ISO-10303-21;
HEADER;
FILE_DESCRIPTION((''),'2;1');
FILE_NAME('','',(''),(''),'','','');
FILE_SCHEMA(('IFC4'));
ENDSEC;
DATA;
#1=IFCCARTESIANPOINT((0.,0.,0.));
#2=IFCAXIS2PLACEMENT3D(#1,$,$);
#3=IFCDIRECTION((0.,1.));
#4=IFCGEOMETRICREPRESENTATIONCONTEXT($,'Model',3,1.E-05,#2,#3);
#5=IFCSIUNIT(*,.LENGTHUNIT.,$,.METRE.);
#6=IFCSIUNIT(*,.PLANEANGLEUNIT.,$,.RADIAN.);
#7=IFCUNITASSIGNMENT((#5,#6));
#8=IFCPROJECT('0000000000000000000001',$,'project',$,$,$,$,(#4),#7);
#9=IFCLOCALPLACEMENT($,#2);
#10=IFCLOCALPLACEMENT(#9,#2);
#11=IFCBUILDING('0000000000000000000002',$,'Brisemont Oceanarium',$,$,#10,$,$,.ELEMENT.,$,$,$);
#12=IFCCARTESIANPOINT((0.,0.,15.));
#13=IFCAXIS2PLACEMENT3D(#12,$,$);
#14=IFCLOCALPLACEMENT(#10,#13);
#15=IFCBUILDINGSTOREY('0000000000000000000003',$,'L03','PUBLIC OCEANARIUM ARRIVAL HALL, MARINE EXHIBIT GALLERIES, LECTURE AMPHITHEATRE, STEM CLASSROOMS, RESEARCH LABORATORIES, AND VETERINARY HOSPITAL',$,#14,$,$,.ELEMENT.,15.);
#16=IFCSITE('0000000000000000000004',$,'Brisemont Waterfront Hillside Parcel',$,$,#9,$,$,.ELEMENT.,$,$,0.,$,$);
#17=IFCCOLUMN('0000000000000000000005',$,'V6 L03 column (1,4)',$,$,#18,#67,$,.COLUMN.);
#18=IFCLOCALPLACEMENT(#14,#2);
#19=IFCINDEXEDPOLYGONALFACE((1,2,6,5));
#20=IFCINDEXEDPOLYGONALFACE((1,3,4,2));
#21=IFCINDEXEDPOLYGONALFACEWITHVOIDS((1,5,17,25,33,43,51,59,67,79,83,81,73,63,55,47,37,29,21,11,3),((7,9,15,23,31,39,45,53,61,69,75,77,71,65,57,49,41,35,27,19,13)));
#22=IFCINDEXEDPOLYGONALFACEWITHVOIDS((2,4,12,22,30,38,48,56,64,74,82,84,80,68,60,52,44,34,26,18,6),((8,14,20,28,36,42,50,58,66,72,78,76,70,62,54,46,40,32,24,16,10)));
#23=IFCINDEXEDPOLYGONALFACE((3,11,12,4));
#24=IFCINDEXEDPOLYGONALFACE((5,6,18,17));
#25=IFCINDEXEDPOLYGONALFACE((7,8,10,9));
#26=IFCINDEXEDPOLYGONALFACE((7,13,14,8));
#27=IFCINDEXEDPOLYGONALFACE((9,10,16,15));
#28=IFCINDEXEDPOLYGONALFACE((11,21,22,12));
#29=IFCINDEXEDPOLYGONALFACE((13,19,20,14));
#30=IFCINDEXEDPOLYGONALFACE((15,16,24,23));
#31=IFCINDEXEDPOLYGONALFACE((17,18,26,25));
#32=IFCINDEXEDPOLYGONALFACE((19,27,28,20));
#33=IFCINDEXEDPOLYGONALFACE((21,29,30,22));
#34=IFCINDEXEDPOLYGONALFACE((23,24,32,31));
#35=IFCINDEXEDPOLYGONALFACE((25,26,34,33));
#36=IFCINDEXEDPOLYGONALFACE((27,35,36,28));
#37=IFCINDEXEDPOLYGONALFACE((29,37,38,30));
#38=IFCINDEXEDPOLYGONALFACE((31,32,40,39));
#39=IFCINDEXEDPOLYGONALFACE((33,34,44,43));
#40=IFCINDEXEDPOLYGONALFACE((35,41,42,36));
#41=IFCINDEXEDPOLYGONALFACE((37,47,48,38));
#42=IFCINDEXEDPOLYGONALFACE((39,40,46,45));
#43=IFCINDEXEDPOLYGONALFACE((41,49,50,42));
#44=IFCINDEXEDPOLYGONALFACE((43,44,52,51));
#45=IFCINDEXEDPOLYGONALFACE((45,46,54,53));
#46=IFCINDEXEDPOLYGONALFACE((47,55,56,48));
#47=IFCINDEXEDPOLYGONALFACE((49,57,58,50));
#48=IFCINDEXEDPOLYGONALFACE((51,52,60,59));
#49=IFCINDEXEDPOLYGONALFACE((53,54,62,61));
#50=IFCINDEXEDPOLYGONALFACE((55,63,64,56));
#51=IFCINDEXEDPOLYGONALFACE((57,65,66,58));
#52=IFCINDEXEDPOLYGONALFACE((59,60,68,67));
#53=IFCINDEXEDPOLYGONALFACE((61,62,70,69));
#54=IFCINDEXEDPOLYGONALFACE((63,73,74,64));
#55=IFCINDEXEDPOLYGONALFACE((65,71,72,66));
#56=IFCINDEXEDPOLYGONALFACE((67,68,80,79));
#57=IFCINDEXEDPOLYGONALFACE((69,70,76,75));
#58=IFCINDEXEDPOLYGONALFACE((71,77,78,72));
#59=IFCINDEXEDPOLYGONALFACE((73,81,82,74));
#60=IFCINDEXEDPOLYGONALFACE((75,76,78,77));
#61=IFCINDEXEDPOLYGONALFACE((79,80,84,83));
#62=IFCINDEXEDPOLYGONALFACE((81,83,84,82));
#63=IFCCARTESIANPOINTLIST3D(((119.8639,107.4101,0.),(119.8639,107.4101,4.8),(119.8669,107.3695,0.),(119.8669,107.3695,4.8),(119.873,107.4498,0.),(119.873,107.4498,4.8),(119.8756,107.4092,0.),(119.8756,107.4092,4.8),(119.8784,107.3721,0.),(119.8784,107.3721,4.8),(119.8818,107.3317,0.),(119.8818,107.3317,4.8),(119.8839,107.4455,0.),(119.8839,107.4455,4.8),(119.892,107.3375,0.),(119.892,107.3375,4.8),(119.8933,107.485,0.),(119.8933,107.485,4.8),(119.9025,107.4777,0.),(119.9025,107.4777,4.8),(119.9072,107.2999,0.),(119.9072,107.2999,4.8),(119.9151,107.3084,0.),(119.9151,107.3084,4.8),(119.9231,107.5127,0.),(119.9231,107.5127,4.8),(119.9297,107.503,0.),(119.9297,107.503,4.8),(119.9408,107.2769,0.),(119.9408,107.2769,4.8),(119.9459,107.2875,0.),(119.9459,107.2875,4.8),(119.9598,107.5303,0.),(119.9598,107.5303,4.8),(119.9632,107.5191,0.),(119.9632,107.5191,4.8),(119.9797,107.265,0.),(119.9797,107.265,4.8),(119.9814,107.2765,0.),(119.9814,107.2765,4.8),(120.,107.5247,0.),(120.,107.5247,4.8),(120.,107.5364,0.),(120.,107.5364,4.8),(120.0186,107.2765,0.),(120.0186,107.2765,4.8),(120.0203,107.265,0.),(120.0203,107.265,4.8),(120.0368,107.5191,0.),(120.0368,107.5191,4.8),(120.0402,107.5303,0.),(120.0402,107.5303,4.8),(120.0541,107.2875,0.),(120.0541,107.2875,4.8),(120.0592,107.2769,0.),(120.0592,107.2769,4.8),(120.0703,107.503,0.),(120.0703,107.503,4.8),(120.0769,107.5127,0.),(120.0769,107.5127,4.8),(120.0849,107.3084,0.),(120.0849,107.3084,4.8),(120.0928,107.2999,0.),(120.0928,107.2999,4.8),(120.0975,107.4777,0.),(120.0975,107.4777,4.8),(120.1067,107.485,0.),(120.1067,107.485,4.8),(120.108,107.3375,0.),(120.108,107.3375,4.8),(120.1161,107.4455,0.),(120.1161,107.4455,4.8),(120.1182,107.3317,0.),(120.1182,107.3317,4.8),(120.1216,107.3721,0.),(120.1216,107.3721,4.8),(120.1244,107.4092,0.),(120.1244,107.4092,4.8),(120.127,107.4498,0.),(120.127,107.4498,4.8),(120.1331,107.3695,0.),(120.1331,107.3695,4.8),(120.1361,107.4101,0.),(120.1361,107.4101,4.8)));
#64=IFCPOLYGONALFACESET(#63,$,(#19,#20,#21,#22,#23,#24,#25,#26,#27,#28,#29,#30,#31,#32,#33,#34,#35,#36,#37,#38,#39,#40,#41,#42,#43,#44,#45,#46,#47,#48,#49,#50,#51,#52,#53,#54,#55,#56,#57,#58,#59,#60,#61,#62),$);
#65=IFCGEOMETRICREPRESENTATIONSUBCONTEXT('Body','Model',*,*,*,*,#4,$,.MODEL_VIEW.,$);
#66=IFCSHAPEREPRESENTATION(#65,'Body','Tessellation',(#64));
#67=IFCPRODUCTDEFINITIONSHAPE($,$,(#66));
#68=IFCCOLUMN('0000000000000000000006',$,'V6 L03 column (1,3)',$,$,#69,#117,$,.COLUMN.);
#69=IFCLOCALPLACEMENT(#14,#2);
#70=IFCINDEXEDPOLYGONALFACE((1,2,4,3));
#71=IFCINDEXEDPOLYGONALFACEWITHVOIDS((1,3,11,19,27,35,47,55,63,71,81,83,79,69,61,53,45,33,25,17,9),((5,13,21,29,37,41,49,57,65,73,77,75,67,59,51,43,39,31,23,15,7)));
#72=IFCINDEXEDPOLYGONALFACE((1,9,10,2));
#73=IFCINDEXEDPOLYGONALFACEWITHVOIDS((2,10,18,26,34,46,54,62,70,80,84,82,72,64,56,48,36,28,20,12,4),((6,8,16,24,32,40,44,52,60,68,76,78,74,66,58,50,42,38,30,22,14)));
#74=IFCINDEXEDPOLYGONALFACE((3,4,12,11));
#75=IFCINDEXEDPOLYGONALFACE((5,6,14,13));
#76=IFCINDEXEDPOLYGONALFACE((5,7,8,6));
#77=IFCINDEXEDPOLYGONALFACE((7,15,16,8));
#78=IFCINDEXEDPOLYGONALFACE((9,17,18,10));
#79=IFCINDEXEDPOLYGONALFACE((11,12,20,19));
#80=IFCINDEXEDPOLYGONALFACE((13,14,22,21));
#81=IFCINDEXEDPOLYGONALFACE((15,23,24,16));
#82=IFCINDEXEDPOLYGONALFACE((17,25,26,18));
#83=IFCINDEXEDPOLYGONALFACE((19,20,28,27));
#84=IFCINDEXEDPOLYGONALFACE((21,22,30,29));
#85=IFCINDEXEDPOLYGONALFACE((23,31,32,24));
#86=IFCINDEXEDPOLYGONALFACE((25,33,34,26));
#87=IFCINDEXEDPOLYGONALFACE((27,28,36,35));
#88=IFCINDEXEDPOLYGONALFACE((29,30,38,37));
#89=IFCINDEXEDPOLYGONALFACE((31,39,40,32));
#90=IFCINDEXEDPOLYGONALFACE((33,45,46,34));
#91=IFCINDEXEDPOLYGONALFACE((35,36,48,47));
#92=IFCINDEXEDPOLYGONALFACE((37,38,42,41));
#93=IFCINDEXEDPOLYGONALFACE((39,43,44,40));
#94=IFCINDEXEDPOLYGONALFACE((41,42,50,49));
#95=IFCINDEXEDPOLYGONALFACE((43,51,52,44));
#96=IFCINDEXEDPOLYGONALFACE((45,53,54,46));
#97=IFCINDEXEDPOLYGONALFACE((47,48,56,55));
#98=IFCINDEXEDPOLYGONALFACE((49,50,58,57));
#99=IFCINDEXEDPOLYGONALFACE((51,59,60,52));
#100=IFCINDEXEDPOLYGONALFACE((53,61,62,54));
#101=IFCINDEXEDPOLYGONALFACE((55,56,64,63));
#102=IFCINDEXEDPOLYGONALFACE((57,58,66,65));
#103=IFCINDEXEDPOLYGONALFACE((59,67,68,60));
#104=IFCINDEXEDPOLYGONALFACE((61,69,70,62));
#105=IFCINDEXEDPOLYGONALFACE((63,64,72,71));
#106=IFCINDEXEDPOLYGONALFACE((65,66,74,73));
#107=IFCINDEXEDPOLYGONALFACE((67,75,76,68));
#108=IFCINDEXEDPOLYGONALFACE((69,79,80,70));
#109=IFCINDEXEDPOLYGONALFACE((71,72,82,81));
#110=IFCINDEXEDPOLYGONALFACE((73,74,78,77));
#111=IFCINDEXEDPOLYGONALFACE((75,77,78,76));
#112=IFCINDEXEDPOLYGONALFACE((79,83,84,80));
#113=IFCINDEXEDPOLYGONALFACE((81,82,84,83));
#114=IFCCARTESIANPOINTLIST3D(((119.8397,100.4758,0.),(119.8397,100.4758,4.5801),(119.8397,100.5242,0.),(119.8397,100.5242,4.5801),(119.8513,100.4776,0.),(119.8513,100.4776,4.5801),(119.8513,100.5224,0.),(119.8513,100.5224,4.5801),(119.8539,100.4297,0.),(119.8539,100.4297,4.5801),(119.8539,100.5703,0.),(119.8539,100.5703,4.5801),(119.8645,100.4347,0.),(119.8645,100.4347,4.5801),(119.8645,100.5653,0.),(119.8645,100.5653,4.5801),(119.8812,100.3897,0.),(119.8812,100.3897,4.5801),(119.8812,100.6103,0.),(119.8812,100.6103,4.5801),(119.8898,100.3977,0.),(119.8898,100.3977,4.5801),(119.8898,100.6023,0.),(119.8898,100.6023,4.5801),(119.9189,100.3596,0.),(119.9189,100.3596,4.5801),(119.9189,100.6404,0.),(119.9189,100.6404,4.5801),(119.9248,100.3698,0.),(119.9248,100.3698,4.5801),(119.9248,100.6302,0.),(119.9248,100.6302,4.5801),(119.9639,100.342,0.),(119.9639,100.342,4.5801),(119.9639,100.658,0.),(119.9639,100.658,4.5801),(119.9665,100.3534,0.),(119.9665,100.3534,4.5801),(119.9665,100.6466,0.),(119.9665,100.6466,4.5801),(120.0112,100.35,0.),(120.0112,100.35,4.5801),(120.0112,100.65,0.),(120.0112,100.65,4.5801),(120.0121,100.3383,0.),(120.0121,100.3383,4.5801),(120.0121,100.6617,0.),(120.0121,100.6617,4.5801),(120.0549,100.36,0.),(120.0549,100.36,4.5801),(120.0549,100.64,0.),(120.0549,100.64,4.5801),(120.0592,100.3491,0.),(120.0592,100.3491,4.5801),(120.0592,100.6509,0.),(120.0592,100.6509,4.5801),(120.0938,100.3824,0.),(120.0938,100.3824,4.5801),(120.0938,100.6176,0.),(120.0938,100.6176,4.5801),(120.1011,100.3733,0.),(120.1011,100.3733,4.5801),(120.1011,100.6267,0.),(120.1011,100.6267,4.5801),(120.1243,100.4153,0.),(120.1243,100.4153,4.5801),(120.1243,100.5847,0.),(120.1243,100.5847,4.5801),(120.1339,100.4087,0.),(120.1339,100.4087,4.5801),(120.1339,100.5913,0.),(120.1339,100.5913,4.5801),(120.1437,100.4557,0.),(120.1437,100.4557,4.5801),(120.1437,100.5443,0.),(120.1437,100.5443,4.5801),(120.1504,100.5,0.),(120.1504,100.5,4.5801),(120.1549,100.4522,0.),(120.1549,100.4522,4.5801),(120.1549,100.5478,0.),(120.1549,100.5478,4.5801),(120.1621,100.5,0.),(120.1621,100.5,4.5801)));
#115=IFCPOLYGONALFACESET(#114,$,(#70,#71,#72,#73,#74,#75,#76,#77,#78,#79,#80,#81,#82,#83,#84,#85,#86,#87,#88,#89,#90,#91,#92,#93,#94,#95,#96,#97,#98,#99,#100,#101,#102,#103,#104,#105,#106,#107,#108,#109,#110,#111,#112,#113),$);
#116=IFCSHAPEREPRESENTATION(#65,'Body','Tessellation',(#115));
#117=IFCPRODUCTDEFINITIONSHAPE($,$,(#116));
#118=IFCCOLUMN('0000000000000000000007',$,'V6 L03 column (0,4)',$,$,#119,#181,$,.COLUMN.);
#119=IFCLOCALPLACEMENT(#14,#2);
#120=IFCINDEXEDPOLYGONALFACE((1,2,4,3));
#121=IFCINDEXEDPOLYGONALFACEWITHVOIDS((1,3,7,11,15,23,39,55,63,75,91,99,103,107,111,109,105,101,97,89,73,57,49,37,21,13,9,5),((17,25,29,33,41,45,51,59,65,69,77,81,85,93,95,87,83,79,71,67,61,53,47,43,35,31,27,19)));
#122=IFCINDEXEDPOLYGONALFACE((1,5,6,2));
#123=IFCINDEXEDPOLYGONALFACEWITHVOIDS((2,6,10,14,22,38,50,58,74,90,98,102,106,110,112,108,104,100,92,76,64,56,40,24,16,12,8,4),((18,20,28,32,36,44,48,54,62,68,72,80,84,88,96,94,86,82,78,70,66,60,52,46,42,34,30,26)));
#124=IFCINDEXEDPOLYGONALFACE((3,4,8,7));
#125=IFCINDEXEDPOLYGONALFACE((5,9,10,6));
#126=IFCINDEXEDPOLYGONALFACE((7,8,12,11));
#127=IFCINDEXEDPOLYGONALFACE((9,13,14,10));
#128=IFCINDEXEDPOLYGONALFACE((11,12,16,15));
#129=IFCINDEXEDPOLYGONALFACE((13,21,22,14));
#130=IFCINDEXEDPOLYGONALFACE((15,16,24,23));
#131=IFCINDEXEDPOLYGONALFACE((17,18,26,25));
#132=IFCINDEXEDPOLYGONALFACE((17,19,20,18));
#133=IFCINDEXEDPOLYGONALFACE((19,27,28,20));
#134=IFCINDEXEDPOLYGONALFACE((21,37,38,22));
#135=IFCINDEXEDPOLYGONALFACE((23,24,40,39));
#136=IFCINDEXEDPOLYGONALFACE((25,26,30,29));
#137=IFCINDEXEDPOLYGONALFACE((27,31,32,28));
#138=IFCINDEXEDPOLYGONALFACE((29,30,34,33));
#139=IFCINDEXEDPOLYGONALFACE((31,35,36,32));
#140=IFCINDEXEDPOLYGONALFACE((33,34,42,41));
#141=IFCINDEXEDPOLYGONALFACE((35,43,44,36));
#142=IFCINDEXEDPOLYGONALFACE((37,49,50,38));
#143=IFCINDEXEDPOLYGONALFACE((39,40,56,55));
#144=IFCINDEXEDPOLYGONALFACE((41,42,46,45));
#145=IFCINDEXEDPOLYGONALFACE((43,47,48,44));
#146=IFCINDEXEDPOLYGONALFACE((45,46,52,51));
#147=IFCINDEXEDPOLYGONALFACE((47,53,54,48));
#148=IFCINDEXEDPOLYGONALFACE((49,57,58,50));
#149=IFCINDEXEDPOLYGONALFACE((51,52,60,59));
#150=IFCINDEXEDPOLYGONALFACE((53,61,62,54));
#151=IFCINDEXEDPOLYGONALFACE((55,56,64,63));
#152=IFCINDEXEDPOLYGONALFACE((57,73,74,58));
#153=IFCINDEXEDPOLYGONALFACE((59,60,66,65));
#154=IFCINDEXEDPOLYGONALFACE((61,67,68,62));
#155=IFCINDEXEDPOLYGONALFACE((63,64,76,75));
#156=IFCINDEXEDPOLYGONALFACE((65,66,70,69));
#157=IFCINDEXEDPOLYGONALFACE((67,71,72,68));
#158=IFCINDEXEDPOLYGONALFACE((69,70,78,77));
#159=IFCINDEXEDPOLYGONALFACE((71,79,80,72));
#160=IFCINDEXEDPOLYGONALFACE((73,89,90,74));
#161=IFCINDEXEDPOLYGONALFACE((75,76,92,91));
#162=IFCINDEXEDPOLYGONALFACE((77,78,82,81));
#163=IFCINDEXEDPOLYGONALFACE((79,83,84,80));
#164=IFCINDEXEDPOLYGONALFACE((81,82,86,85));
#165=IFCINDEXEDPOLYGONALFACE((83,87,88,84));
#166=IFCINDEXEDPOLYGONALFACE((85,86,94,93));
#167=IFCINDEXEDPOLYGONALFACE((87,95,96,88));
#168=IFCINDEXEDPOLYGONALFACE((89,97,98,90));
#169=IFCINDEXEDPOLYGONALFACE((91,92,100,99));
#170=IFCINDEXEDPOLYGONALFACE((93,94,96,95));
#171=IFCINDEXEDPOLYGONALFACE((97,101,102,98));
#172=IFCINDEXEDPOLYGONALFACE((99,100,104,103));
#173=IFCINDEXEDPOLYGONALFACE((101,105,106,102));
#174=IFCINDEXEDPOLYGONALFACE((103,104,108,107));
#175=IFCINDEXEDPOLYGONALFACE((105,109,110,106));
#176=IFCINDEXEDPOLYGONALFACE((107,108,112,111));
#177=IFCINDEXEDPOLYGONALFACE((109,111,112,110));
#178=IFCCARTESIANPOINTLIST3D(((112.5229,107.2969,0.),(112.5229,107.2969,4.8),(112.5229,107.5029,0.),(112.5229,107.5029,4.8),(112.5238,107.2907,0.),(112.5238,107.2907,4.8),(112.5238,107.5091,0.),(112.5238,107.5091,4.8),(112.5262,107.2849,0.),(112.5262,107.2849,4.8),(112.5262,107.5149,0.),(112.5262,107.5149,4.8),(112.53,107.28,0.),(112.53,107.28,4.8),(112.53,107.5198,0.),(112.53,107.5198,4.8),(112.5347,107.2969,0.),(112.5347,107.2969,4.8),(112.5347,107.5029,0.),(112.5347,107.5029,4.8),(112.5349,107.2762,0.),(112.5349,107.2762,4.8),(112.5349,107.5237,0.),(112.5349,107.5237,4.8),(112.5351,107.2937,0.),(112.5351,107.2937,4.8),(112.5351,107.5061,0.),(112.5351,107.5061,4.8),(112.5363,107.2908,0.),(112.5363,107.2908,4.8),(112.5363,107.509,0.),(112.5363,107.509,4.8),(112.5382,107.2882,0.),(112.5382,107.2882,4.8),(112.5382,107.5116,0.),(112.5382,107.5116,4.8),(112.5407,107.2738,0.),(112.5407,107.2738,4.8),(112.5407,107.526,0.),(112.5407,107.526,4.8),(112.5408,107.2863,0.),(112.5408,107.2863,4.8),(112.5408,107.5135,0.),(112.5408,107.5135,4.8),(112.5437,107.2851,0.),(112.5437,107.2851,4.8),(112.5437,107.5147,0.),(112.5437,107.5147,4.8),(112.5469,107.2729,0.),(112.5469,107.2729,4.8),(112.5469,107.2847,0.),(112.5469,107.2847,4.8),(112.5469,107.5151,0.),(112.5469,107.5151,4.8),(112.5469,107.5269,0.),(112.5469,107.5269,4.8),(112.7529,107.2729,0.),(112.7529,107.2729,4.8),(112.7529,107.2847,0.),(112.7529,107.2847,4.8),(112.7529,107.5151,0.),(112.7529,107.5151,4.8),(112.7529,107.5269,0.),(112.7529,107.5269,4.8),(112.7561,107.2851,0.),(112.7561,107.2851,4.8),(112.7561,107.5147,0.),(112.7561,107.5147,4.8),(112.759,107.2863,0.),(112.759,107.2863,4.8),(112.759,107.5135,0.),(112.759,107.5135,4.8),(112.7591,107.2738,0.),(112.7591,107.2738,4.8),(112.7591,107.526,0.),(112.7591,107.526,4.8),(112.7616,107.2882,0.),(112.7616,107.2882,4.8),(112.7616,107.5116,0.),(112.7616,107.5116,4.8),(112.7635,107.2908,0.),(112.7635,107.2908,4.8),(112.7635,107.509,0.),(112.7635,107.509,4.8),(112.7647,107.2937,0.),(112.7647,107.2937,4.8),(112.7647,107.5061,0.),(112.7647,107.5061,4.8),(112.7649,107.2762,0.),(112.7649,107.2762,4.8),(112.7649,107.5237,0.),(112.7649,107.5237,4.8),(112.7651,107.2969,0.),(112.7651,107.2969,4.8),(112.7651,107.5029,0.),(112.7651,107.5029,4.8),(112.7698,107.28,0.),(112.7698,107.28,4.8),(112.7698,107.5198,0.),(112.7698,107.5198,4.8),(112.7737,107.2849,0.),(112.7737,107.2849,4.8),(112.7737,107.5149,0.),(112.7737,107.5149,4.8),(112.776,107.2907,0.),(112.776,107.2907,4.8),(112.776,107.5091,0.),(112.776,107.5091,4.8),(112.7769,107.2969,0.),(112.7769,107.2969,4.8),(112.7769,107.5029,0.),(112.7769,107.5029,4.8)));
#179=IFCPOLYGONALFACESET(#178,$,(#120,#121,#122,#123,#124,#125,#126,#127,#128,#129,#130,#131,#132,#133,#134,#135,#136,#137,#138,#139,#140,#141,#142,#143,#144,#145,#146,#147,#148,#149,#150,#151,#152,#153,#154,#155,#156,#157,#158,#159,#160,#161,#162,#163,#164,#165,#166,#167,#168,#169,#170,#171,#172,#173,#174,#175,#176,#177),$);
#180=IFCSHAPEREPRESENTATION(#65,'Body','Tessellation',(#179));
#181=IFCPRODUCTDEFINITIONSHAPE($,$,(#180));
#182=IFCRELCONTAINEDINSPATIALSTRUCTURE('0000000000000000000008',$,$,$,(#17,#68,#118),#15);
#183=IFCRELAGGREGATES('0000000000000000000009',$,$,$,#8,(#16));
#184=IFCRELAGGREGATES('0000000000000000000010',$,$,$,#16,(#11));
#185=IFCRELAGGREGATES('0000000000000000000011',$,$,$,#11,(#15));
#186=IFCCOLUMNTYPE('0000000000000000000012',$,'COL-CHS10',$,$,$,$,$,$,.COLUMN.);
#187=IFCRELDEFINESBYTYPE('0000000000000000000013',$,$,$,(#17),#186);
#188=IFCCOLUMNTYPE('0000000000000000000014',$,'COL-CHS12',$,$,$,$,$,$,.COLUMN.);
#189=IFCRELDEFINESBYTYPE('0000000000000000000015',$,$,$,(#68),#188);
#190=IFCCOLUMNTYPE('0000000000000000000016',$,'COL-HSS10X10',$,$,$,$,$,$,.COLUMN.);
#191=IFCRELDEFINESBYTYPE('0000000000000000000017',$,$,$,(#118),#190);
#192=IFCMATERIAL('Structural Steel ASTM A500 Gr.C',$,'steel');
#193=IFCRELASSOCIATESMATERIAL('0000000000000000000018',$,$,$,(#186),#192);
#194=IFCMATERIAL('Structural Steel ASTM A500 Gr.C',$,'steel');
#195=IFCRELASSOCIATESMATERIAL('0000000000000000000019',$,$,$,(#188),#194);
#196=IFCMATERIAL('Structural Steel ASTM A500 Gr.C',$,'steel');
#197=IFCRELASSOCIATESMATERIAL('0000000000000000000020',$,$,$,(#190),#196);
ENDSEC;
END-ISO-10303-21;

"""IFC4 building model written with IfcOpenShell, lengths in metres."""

from ifc_helpers import new_model, si_unit, direction, frame, origin, origin_2d, place, context, subcontext, project, spatial, hollow_rectangle, hollow_circle, extrude, material, material_profile, profile_set, type_object, element, save


model = new_model("IFC4")

# Units and contexts
model_context = context("Model", 3, precision=1e-05, world=origin(), true_north=direction((0.0, 1.0)))
body_context = subcontext(model_context, "Body", "Model", "MODEL_VIEW")
ifc_project = project(units=[si_unit("LENGTHUNIT", "METRE"), si_unit("PLANEANGLEUNIT", "RADIAN")], contexts=[model_context])

# Site, building, storey
site_placement = place(None, origin())
site = spatial("IfcSite", under=ifc_project, at=site_placement, Name="Brisemont Waterfront Hillside Parcel", CompositionType="ELEMENT", RefElevation=0.0)
building_placement = place(site_placement, origin())
building = spatial("IfcBuilding", under=site, at=building_placement, Name="Brisemont Oceanarium", CompositionType="ELEMENT")
storey_placement = place(building_placement, frame((0.0, 0.0, 15.0)))
storey = spatial("IfcBuildingStorey", under=building, at=storey_placement, Name="L03", Description="PUBLIC OCEANARIUM ARRIVAL HALL, MARINE EXHIBIT GALLERIES, LECTURE AMPHITHEATRE, STEM CLASSROOMS, RESEARCH LABORATORIES, AND VETERINARY HOSPITAL", CompositionType="ELEMENT", Elevation=15.0)

# Columns
ifc_material_1 = material(Name="Structural Steel ASTM A500 Gr.C", Category="steel")
ifc_material_profile_1 = material_profile(ifc_material_1, hollow_circle(Radius=0.1365, WallThickness=0.0117, at=origin_2d()), Name="HSS10.750X0.500")
ifc_profile_set_1 = profile_set([ifc_material_profile_1], Name="Structural Steel ASTM A500 Gr.C")
column_type_1 = type_object("IfcColumnType", Name="COL-CHS10", PredefinedType="COLUMN", material=ifc_profile_set_1)
column_1_placement = place(storey_placement, frame((120.0, 107.3999, 0.0), z_axis=(0.0, 0.0, 1.0), x_axis=(0.0, 1.0, 0.0)))
element("IfcColumn", 1, at=column_1_placement, inside=storey, type_object=column_type_1, Name="V6 L03 column (1,4)", PredefinedType="COLUMN", context=body_context, shape_type="SweptSolid", body=[
    extrude(hollow_circle(Radius=0.1365, WallThickness=0.0117, at=origin_2d()), origin(), (0.0, 0.0, 1.0), 4.8),
])
ifc_material_2 = material(Name="Structural Steel ASTM A500 Gr.C", Category="steel")
ifc_material_profile_2 = material_profile(ifc_material_2, hollow_circle(Radius=0.1621, WallThickness=0.0117, at=origin_2d()), Name="HSS12.750X0.500")
ifc_profile_set_2 = profile_set([ifc_material_profile_2], Name="Structural Steel ASTM A500 Gr.C")
column_type_2 = type_object("IfcColumnType", Name="COL-CHS12", PredefinedType="COLUMN", material=ifc_profile_set_2)
column_2_placement = place(storey_placement, frame((120.0, 100.5, 0.0), z_axis=(0.0, 0.0, 1.0), x_axis=(1.0, 0.0, 0.0)))
element("IfcColumn", 2, at=column_2_placement, inside=storey, type_object=column_type_2, Name="V6 L03 column (1,3)", PredefinedType="COLUMN", context=body_context, shape_type="SweptSolid", body=[
    extrude(hollow_circle(Radius=0.1621, WallThickness=0.0117, at=origin_2d()), origin(), (0.0, 0.0, 1.0), 4.5801),
])
ifc_material_3 = material(Name="Structural Steel ASTM A500 Gr.C", Category="steel")
ifc_material_profile_3 = material_profile(ifc_material_3, hollow_rectangle(XDim=0.2539, YDim=0.2539, WallThickness=0.0117, InnerFilletRadius=0.0122, OuterFilletRadius=0.0239, at=origin_2d()), Name="HSS10X10X1/2")
ifc_profile_set_3 = profile_set([ifc_material_profile_3], Name="Structural Steel ASTM A500 Gr.C")
column_type_3 = type_object("IfcColumnType", Name="COL-HSS10X10", PredefinedType="COLUMN", material=ifc_profile_set_3)
column_3_placement = place(storey_placement, frame((112.6499, 107.3999, 0.0), z_axis=(0.0, 0.0, 1.0), x_axis=(1.0, 0.0, 0.0)))
element("IfcColumn", 3, at=column_3_placement, inside=storey, type_object=column_type_3, Name="V6 L03 column (0,4)", PredefinedType="COLUMN", context=body_context, shape_type="SweptSolid", body=[
    extrude(hollow_rectangle(XDim=0.2539, YDim=0.2539, WallThickness=0.0117, InnerFilletRadius=0.0122, OuterFilletRadius=0.0239, at=origin_2d()), origin(), (0.0, 0.0, 1.0), 4.8),
])

save(model, "model.ifc")
